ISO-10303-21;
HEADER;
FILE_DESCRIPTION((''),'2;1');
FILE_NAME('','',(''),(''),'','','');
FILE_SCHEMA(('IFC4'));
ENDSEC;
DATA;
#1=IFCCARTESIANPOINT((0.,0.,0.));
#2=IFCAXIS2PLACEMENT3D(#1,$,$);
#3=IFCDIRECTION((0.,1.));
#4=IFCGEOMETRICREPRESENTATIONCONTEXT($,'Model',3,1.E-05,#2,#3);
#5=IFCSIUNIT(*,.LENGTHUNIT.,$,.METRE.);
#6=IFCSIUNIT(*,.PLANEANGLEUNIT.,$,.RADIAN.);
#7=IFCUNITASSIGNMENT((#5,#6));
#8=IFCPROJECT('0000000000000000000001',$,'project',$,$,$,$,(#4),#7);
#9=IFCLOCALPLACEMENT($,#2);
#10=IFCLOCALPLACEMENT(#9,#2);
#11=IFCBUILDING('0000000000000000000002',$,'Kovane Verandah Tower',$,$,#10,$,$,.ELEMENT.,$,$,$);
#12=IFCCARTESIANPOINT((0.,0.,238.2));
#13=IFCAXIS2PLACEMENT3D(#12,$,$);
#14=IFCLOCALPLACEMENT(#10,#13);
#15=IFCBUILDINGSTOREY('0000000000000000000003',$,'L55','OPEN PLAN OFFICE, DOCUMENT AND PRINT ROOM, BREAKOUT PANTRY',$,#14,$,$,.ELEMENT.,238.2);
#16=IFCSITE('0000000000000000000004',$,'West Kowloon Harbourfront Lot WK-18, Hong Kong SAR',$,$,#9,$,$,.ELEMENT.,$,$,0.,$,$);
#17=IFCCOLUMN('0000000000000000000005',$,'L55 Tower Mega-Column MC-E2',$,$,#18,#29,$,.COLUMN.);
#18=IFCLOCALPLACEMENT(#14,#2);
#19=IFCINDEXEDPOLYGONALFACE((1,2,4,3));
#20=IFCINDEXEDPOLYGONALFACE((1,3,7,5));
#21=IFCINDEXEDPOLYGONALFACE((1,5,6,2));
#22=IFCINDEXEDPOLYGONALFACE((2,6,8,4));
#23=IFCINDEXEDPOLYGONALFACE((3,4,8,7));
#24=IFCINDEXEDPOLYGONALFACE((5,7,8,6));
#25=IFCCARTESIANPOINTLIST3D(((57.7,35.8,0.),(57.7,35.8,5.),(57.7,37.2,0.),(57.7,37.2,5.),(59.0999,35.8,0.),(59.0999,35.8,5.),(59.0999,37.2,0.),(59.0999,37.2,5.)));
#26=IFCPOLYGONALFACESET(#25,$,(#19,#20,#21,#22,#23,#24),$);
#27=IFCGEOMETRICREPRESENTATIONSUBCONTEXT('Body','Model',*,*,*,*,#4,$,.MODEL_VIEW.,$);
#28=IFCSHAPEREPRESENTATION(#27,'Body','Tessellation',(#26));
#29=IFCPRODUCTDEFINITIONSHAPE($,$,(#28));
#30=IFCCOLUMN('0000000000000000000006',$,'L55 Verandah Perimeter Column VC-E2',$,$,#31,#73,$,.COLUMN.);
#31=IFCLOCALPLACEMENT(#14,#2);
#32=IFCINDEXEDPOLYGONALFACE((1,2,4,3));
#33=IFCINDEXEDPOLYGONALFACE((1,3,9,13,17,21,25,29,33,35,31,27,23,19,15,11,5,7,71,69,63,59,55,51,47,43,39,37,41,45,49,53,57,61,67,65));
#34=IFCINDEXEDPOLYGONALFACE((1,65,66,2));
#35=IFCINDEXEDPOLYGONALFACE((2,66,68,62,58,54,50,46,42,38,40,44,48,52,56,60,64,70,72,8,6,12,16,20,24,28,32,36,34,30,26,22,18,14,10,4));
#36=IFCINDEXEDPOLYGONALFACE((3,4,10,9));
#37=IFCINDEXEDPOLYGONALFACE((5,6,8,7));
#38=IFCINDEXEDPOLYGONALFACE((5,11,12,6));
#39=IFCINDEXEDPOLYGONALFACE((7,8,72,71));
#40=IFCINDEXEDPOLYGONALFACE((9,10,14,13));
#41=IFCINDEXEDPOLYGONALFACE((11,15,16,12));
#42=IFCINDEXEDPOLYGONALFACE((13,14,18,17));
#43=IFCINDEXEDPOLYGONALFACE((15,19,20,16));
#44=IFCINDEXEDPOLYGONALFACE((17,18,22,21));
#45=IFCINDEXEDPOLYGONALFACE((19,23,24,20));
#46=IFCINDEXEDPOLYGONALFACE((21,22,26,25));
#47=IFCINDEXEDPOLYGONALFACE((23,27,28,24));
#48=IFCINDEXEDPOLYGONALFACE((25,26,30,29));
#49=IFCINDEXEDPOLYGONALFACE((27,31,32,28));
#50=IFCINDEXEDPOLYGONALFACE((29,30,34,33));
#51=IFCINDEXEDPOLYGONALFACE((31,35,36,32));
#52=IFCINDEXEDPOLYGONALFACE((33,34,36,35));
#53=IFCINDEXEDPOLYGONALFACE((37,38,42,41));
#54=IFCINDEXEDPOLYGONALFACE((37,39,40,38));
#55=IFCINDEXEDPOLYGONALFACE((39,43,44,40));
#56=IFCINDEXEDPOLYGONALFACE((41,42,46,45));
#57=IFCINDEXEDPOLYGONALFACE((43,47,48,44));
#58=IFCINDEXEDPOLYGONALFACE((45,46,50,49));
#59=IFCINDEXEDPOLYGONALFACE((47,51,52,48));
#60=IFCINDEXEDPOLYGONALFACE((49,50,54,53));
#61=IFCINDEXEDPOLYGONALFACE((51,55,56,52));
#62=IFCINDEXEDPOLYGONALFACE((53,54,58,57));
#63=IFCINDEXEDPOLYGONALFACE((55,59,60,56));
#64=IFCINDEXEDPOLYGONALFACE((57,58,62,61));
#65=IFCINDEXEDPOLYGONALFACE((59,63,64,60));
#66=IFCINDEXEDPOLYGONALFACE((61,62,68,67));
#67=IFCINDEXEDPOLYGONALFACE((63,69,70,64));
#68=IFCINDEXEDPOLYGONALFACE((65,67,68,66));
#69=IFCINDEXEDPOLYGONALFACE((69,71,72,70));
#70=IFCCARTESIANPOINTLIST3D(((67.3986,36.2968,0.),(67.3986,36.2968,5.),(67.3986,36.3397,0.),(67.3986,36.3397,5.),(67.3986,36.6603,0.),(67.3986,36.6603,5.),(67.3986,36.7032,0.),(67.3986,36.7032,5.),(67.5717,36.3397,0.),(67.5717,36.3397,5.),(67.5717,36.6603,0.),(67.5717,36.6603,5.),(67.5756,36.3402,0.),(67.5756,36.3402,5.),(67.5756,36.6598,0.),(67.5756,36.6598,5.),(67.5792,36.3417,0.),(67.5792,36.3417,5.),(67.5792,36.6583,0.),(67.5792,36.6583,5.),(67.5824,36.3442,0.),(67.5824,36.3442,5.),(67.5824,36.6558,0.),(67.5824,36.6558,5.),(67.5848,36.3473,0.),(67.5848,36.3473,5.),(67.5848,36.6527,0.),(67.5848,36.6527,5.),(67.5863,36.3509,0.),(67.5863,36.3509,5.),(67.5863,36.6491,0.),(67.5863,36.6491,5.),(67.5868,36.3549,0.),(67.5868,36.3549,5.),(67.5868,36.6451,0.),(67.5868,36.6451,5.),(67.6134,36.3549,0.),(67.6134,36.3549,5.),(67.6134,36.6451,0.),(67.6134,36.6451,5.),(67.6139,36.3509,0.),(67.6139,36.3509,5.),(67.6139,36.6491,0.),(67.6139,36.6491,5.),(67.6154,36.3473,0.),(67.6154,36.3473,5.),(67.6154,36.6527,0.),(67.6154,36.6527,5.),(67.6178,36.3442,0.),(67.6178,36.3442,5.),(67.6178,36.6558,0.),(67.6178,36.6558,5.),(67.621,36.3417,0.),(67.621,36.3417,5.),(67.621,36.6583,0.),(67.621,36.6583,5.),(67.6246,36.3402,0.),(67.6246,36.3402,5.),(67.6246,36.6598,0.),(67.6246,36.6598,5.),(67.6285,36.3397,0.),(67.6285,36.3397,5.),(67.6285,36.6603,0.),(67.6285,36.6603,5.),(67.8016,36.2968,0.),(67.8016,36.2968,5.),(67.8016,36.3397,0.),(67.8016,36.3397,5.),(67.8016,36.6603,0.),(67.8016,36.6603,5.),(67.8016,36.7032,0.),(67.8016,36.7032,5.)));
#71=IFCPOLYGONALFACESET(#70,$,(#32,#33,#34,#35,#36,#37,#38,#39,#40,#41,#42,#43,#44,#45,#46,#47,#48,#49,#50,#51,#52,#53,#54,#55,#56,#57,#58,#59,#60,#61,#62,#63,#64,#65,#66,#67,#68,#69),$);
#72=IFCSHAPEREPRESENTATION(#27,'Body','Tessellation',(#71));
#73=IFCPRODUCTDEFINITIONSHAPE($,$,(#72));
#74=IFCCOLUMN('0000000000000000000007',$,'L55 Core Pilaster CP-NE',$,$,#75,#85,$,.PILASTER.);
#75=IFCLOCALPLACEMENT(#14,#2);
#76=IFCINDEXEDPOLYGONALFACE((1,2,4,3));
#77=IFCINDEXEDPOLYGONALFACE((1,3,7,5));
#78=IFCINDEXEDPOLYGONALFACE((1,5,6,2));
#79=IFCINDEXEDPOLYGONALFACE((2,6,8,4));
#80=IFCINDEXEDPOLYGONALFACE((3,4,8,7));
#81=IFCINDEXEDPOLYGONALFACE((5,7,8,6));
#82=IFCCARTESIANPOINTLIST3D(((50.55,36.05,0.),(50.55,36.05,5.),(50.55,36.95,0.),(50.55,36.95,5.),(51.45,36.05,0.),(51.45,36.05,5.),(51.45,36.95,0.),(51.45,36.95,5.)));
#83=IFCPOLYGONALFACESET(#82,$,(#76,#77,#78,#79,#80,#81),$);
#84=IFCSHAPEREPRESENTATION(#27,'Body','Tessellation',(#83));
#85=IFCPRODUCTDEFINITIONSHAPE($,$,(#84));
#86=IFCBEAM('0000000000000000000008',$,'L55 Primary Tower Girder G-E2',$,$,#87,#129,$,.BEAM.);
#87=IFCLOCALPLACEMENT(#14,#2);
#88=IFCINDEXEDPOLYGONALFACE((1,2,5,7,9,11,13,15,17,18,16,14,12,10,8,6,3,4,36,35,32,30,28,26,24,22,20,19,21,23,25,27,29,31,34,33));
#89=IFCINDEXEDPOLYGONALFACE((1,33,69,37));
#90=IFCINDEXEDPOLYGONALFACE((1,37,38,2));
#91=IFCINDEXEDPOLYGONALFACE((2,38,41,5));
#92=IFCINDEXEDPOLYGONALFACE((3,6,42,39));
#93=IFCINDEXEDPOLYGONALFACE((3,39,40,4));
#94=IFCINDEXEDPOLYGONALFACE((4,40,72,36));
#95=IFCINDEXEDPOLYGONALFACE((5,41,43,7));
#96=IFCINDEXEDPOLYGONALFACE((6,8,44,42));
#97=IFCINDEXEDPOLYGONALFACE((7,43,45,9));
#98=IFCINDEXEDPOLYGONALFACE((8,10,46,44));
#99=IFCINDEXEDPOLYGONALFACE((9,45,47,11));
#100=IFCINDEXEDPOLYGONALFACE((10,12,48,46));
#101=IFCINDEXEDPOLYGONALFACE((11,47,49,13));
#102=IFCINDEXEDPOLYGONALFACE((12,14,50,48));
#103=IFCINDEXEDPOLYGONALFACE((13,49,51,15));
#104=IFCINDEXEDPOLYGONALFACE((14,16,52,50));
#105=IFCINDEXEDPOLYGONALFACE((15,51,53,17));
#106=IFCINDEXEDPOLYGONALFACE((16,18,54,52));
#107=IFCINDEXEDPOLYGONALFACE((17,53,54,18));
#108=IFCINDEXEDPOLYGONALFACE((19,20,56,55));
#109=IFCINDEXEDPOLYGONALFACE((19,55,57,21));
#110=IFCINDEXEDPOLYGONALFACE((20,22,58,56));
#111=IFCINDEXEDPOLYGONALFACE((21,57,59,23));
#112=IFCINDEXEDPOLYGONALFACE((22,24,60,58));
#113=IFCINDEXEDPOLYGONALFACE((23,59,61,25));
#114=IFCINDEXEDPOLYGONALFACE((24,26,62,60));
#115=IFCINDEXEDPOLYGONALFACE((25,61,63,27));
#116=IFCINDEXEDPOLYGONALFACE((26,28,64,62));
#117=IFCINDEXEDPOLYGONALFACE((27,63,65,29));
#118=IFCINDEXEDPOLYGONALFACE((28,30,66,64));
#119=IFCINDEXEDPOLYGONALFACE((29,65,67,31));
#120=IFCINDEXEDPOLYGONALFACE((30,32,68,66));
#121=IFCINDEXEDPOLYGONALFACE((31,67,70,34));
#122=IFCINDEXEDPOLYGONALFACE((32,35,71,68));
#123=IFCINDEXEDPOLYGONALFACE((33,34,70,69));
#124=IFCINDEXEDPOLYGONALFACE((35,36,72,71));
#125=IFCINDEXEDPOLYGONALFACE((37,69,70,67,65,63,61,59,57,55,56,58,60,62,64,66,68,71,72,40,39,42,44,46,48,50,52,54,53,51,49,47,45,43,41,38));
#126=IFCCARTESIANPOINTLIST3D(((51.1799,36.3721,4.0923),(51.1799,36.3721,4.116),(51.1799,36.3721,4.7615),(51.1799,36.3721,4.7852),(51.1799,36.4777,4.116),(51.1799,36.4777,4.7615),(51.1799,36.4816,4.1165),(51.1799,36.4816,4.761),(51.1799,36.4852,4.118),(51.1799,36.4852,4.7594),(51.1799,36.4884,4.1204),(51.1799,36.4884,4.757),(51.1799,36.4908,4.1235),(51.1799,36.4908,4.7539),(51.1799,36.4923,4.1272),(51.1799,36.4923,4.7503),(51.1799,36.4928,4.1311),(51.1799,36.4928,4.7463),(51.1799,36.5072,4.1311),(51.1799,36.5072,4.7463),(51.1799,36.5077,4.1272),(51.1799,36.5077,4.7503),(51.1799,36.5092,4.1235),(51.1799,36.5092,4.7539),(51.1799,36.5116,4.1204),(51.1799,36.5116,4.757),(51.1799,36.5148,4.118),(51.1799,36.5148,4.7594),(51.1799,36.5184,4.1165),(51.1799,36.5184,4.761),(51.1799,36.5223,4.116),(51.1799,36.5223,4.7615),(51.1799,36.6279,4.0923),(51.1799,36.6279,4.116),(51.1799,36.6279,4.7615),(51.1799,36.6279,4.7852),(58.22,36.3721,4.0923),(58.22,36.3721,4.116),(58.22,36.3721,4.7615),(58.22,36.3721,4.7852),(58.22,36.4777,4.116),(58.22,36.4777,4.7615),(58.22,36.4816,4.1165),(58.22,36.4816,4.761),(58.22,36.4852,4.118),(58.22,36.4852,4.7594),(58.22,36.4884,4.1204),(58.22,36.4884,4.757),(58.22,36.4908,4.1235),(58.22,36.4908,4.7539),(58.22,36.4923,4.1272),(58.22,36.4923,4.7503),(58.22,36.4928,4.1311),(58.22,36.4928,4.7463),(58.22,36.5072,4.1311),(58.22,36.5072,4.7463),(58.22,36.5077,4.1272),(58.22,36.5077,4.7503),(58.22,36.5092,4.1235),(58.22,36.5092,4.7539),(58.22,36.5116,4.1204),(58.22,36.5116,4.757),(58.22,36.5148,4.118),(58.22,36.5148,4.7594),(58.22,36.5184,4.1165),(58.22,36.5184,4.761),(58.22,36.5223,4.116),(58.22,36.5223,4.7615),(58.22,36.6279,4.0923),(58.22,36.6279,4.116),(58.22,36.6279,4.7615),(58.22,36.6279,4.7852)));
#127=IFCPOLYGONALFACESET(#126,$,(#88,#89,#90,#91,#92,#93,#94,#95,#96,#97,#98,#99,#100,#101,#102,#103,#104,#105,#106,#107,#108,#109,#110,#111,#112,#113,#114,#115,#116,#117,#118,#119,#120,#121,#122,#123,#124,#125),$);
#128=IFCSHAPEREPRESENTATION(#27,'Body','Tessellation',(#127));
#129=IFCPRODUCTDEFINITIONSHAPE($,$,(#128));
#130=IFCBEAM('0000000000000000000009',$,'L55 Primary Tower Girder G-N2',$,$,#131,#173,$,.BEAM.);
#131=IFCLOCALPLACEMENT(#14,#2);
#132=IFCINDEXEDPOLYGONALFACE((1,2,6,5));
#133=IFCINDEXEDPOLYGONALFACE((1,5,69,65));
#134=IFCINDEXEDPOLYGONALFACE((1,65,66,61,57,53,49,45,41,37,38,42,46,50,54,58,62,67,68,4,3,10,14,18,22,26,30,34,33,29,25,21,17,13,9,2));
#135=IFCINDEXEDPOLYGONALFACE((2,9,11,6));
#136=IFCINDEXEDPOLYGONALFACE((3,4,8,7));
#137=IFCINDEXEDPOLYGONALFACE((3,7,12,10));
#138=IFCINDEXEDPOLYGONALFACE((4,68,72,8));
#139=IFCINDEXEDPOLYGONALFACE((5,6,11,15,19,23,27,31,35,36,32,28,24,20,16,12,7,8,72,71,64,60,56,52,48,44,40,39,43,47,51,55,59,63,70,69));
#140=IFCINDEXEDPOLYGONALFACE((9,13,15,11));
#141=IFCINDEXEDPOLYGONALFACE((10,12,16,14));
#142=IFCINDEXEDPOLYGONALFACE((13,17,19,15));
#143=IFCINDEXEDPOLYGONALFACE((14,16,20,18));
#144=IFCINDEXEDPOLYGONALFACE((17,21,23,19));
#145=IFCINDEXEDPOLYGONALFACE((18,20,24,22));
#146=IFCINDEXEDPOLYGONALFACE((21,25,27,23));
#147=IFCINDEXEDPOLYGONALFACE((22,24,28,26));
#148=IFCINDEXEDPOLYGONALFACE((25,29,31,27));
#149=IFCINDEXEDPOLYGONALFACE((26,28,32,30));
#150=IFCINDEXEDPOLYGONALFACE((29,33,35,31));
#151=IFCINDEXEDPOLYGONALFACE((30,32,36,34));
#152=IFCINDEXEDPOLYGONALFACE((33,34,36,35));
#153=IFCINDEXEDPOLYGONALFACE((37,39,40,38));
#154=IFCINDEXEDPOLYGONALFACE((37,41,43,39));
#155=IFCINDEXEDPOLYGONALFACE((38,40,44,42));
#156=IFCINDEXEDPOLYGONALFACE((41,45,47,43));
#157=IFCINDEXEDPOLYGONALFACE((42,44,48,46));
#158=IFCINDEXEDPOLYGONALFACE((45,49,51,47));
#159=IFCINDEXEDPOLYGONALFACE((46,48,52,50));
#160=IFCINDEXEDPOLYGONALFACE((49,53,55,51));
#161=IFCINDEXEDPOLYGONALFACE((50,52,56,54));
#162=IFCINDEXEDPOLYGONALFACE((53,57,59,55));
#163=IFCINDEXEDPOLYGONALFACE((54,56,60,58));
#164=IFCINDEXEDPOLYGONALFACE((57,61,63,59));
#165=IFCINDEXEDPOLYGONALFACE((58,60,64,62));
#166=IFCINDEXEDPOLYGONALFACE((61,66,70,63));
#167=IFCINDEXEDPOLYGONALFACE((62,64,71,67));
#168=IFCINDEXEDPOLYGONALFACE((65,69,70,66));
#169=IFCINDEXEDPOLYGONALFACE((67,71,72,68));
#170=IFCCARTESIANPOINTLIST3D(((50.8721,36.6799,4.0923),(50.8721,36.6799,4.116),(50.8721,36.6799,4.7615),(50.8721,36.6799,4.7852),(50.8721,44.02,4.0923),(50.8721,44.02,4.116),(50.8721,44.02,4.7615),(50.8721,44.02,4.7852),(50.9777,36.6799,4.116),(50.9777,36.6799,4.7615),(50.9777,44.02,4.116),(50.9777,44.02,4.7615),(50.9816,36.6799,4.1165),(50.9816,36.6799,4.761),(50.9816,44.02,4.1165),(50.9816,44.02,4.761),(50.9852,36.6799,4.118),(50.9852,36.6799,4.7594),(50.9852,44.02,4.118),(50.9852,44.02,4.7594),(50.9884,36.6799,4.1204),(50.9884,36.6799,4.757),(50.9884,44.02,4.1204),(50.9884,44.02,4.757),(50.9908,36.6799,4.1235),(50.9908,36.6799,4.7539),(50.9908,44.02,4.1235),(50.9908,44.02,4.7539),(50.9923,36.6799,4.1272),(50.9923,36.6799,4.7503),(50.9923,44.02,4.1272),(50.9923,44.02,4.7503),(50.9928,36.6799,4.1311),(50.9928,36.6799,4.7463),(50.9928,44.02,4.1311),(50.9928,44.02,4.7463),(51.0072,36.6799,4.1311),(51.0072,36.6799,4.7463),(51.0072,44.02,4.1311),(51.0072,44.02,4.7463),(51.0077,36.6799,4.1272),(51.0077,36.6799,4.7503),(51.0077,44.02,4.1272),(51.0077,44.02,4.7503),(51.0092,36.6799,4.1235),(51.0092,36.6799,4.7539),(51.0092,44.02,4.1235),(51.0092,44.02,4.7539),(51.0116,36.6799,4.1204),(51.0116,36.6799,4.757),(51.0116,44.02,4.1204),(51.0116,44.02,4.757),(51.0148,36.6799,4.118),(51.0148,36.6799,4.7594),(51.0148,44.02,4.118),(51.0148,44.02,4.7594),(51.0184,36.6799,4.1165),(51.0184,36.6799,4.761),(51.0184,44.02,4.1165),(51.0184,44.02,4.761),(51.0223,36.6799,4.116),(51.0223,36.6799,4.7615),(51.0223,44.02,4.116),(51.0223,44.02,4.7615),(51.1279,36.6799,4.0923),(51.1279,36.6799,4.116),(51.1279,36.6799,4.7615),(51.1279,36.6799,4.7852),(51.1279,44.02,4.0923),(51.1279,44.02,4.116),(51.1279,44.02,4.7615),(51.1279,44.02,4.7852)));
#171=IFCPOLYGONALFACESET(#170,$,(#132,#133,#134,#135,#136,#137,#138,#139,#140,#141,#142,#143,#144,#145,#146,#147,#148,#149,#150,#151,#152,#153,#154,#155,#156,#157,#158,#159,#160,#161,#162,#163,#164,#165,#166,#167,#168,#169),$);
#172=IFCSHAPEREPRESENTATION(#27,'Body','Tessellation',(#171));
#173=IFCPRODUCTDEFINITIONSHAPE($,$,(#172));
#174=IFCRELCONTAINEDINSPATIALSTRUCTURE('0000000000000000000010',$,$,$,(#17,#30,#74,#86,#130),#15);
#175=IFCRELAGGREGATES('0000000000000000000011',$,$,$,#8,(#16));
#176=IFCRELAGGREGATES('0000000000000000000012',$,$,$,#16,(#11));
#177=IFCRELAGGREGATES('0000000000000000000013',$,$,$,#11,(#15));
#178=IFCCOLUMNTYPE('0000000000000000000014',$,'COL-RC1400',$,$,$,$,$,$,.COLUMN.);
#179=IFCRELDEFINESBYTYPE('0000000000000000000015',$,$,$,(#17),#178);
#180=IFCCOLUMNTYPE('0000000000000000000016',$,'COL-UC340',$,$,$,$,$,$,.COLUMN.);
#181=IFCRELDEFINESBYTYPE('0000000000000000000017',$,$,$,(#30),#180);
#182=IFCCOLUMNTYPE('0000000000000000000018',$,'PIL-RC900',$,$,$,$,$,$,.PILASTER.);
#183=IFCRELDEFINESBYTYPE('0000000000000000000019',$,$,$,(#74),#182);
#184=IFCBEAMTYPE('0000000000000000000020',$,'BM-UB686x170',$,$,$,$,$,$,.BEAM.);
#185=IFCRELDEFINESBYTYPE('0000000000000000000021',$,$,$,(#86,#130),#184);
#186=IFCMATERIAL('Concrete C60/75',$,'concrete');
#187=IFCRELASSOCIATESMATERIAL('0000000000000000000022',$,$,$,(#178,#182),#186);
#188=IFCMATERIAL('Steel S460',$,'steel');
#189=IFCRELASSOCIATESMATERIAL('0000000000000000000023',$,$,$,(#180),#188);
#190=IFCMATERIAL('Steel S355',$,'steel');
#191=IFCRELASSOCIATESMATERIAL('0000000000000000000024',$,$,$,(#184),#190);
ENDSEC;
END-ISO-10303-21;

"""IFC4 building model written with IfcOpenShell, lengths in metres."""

from ifc_helpers import new_model, si_unit, direction, frame, origin, origin_2d, place, context, subcontext, project, spatial, rectangle, i_section, extrude, material, material_profile, profile_set, type_object, element, save


model = new_model("IFC4")

# Units and contexts
model_context = context("Model", 3, precision=1e-05, world=origin(), true_north=direction((0.0, 1.0)))
body_context = subcontext(model_context, "Body", "Model", "MODEL_VIEW")
ifc_project = project(units=[si_unit("LENGTHUNIT", "METRE"), si_unit("PLANEANGLEUNIT", "RADIAN")], contexts=[model_context])

# Site, building, storey
site_placement = place(None, origin())
site = spatial("IfcSite", under=ifc_project, at=site_placement, Name="West Kowloon Harbourfront Lot WK-18, Hong Kong SAR", CompositionType="ELEMENT", RefElevation=0.0)
building_placement = place(site_placement, origin())
building = spatial("IfcBuilding", under=site, at=building_placement, Name="Kovane Verandah Tower", CompositionType="ELEMENT")
storey_placement = place(building_placement, frame((0.0, 0.0, 238.2)))
storey = spatial("IfcBuildingStorey", under=building, at=storey_placement, Name="L55", Description="OPEN PLAN OFFICE, DOCUMENT AND PRINT ROOM, BREAKOUT PANTRY", CompositionType="ELEMENT", Elevation=238.2)

# Columns
ifc_material_1 = material(Name="Concrete C60/75", Category="concrete")
ifc_material_profile_1 = material_profile(ifc_material_1, rectangle(XDim=1.3999, YDim=1.3999, at=origin_2d()), Name="RC1400x1400")
ifc_profile_set_1 = profile_set([ifc_material_profile_1], Name="Concrete C60/75")
column_type_1 = type_object("IfcColumnType", Name="COL-RC1400", PredefinedType="COLUMN", material=ifc_profile_set_1)
column_1_placement = place(storey_placement, frame((58.3999, 36.5, 0.0), z_axis=(0.0, 0.0, 1.0), x_axis=(1.0, 0.0, 0.0)))
element("IfcColumn", 1, at=column_1_placement, inside=storey, type_object=column_type_1, Name="L55 Tower Mega-Column MC-E2", PredefinedType="COLUMN", context=body_context, shape_type="SweptSolid", body=[
    extrude(rectangle(XDim=1.3999, YDim=1.3999, at=origin_2d()), origin(), (0.0, 0.0, 1.0), 5.0),
])
ifc_material_2 = material(Name="Steel S460", Category="steel")
ifc_material_profile_2 = material_profile(ifc_material_2, i_section(OverallWidth=0.4031, OverallDepth=0.4065, WebThickness=0.0266, FlangeThickness=0.043, FilletRadius=0.0151, at=origin_2d()), Name="UC356x406x340")
ifc_profile_set_2 = profile_set([ifc_material_profile_2], Name="Steel S460")
column_type_2 = type_object("IfcColumnType", Name="COL-UC340", PredefinedType="COLUMN", material=ifc_profile_set_2)
column_2_placement = place(storey_placement, frame((67.6001, 36.5, 0.0), z_axis=(0.0, 0.0, 1.0), x_axis=(1.0, 0.0, 0.0)))
element("IfcColumn", 2, at=column_2_placement, inside=storey, type_object=column_type_2, Name="L55 Verandah Perimeter Column VC-E2", PredefinedType="COLUMN", context=body_context, shape_type="SweptSolid", body=[
    extrude(i_section(OverallWidth=0.4031, OverallDepth=0.4065, WebThickness=0.0266, FlangeThickness=0.043, FilletRadius=0.0151, at=origin_2d()), origin(), (0.0, 0.0, 1.0), 5.0),
])
ifc_material_profile_3 = material_profile(ifc_material_1, rectangle(XDim=0.8999, YDim=0.8999, at=origin_2d()), Name="RC900x900")
ifc_profile_set_3 = profile_set([ifc_material_profile_3], Name="Concrete C60/75")
column_type_3 = type_object("IfcColumnType", Name="PIL-RC900", PredefinedType="PILASTER", material=ifc_profile_set_3)
column_3_placement = place(storey_placement, frame((51.0, 36.5, 0.0), z_axis=(0.0, 0.0, 1.0), x_axis=(1.0, 0.0, 0.0)))
element("IfcColumn", 3, at=column_3_placement, inside=storey, type_object=column_type_3, Name="L55 Core Pilaster CP-NE", PredefinedType="PILASTER", context=body_context, shape_type="SweptSolid", body=[
    extrude(rectangle(XDim=0.8999, YDim=0.8999, at=origin_2d()), origin(), (0.0, 0.0, 1.0), 5.0),
])

# Beams
ifc_material_3 = material(Name="Steel S355", Category="steel")
ifc_material_profile_4 = material_profile(ifc_material_3, i_section(OverallWidth=0.2559, OverallDepth=0.6929, WebThickness=0.0144, FlangeThickness=0.0237, FilletRadius=0.0151, at=origin_2d()), Name="UB686x254x170")
ifc_profile_set_4 = profile_set([ifc_material_profile_4], Name="Steel S355")
beam_type_1 = type_object("IfcBeamType", Name="BM-UB686x170", PredefinedType="BEAM", material=ifc_profile_set_4)
beam_1_placement = place(storey_placement, frame((51.1799, 36.5, 4.4387), z_axis=(1.0, 0.0, 0.0), x_axis=(0.0, 1.0, 0.0)))
element("IfcBeam", 4, at=beam_1_placement, inside=storey, type_object=beam_type_1, Name="L55 Primary Tower Girder G-E2", PredefinedType="BEAM", context=body_context, shape_type="SweptSolid", body=[
    extrude(i_section(OverallWidth=0.2559, OverallDepth=0.6929, WebThickness=0.0144, FlangeThickness=0.0237, FilletRadius=0.0151, at=origin_2d()), origin(), (0.0, 0.0, 1.0), 7.04),
])
beam_2_placement = place(storey_placement, frame((51.0, 36.6799, 4.4387), z_axis=(0.0, 1.0, 0.0), x_axis=(-1.0, 0.0, 0.0)))
element("IfcBeam", 5, at=beam_2_placement, inside=storey, type_object=beam_type_1, Name="L55 Primary Tower Girder G-N2", PredefinedType="BEAM", context=body_context, shape_type="SweptSolid", body=[
    extrude(i_section(OverallWidth=0.2559, OverallDepth=0.6929, WebThickness=0.0144, FlangeThickness=0.0237, FilletRadius=0.0151, at=origin_2d()), origin(), (0.0, 0.0, 1.0), 7.3401),
])

save(model, "model.ifc")
